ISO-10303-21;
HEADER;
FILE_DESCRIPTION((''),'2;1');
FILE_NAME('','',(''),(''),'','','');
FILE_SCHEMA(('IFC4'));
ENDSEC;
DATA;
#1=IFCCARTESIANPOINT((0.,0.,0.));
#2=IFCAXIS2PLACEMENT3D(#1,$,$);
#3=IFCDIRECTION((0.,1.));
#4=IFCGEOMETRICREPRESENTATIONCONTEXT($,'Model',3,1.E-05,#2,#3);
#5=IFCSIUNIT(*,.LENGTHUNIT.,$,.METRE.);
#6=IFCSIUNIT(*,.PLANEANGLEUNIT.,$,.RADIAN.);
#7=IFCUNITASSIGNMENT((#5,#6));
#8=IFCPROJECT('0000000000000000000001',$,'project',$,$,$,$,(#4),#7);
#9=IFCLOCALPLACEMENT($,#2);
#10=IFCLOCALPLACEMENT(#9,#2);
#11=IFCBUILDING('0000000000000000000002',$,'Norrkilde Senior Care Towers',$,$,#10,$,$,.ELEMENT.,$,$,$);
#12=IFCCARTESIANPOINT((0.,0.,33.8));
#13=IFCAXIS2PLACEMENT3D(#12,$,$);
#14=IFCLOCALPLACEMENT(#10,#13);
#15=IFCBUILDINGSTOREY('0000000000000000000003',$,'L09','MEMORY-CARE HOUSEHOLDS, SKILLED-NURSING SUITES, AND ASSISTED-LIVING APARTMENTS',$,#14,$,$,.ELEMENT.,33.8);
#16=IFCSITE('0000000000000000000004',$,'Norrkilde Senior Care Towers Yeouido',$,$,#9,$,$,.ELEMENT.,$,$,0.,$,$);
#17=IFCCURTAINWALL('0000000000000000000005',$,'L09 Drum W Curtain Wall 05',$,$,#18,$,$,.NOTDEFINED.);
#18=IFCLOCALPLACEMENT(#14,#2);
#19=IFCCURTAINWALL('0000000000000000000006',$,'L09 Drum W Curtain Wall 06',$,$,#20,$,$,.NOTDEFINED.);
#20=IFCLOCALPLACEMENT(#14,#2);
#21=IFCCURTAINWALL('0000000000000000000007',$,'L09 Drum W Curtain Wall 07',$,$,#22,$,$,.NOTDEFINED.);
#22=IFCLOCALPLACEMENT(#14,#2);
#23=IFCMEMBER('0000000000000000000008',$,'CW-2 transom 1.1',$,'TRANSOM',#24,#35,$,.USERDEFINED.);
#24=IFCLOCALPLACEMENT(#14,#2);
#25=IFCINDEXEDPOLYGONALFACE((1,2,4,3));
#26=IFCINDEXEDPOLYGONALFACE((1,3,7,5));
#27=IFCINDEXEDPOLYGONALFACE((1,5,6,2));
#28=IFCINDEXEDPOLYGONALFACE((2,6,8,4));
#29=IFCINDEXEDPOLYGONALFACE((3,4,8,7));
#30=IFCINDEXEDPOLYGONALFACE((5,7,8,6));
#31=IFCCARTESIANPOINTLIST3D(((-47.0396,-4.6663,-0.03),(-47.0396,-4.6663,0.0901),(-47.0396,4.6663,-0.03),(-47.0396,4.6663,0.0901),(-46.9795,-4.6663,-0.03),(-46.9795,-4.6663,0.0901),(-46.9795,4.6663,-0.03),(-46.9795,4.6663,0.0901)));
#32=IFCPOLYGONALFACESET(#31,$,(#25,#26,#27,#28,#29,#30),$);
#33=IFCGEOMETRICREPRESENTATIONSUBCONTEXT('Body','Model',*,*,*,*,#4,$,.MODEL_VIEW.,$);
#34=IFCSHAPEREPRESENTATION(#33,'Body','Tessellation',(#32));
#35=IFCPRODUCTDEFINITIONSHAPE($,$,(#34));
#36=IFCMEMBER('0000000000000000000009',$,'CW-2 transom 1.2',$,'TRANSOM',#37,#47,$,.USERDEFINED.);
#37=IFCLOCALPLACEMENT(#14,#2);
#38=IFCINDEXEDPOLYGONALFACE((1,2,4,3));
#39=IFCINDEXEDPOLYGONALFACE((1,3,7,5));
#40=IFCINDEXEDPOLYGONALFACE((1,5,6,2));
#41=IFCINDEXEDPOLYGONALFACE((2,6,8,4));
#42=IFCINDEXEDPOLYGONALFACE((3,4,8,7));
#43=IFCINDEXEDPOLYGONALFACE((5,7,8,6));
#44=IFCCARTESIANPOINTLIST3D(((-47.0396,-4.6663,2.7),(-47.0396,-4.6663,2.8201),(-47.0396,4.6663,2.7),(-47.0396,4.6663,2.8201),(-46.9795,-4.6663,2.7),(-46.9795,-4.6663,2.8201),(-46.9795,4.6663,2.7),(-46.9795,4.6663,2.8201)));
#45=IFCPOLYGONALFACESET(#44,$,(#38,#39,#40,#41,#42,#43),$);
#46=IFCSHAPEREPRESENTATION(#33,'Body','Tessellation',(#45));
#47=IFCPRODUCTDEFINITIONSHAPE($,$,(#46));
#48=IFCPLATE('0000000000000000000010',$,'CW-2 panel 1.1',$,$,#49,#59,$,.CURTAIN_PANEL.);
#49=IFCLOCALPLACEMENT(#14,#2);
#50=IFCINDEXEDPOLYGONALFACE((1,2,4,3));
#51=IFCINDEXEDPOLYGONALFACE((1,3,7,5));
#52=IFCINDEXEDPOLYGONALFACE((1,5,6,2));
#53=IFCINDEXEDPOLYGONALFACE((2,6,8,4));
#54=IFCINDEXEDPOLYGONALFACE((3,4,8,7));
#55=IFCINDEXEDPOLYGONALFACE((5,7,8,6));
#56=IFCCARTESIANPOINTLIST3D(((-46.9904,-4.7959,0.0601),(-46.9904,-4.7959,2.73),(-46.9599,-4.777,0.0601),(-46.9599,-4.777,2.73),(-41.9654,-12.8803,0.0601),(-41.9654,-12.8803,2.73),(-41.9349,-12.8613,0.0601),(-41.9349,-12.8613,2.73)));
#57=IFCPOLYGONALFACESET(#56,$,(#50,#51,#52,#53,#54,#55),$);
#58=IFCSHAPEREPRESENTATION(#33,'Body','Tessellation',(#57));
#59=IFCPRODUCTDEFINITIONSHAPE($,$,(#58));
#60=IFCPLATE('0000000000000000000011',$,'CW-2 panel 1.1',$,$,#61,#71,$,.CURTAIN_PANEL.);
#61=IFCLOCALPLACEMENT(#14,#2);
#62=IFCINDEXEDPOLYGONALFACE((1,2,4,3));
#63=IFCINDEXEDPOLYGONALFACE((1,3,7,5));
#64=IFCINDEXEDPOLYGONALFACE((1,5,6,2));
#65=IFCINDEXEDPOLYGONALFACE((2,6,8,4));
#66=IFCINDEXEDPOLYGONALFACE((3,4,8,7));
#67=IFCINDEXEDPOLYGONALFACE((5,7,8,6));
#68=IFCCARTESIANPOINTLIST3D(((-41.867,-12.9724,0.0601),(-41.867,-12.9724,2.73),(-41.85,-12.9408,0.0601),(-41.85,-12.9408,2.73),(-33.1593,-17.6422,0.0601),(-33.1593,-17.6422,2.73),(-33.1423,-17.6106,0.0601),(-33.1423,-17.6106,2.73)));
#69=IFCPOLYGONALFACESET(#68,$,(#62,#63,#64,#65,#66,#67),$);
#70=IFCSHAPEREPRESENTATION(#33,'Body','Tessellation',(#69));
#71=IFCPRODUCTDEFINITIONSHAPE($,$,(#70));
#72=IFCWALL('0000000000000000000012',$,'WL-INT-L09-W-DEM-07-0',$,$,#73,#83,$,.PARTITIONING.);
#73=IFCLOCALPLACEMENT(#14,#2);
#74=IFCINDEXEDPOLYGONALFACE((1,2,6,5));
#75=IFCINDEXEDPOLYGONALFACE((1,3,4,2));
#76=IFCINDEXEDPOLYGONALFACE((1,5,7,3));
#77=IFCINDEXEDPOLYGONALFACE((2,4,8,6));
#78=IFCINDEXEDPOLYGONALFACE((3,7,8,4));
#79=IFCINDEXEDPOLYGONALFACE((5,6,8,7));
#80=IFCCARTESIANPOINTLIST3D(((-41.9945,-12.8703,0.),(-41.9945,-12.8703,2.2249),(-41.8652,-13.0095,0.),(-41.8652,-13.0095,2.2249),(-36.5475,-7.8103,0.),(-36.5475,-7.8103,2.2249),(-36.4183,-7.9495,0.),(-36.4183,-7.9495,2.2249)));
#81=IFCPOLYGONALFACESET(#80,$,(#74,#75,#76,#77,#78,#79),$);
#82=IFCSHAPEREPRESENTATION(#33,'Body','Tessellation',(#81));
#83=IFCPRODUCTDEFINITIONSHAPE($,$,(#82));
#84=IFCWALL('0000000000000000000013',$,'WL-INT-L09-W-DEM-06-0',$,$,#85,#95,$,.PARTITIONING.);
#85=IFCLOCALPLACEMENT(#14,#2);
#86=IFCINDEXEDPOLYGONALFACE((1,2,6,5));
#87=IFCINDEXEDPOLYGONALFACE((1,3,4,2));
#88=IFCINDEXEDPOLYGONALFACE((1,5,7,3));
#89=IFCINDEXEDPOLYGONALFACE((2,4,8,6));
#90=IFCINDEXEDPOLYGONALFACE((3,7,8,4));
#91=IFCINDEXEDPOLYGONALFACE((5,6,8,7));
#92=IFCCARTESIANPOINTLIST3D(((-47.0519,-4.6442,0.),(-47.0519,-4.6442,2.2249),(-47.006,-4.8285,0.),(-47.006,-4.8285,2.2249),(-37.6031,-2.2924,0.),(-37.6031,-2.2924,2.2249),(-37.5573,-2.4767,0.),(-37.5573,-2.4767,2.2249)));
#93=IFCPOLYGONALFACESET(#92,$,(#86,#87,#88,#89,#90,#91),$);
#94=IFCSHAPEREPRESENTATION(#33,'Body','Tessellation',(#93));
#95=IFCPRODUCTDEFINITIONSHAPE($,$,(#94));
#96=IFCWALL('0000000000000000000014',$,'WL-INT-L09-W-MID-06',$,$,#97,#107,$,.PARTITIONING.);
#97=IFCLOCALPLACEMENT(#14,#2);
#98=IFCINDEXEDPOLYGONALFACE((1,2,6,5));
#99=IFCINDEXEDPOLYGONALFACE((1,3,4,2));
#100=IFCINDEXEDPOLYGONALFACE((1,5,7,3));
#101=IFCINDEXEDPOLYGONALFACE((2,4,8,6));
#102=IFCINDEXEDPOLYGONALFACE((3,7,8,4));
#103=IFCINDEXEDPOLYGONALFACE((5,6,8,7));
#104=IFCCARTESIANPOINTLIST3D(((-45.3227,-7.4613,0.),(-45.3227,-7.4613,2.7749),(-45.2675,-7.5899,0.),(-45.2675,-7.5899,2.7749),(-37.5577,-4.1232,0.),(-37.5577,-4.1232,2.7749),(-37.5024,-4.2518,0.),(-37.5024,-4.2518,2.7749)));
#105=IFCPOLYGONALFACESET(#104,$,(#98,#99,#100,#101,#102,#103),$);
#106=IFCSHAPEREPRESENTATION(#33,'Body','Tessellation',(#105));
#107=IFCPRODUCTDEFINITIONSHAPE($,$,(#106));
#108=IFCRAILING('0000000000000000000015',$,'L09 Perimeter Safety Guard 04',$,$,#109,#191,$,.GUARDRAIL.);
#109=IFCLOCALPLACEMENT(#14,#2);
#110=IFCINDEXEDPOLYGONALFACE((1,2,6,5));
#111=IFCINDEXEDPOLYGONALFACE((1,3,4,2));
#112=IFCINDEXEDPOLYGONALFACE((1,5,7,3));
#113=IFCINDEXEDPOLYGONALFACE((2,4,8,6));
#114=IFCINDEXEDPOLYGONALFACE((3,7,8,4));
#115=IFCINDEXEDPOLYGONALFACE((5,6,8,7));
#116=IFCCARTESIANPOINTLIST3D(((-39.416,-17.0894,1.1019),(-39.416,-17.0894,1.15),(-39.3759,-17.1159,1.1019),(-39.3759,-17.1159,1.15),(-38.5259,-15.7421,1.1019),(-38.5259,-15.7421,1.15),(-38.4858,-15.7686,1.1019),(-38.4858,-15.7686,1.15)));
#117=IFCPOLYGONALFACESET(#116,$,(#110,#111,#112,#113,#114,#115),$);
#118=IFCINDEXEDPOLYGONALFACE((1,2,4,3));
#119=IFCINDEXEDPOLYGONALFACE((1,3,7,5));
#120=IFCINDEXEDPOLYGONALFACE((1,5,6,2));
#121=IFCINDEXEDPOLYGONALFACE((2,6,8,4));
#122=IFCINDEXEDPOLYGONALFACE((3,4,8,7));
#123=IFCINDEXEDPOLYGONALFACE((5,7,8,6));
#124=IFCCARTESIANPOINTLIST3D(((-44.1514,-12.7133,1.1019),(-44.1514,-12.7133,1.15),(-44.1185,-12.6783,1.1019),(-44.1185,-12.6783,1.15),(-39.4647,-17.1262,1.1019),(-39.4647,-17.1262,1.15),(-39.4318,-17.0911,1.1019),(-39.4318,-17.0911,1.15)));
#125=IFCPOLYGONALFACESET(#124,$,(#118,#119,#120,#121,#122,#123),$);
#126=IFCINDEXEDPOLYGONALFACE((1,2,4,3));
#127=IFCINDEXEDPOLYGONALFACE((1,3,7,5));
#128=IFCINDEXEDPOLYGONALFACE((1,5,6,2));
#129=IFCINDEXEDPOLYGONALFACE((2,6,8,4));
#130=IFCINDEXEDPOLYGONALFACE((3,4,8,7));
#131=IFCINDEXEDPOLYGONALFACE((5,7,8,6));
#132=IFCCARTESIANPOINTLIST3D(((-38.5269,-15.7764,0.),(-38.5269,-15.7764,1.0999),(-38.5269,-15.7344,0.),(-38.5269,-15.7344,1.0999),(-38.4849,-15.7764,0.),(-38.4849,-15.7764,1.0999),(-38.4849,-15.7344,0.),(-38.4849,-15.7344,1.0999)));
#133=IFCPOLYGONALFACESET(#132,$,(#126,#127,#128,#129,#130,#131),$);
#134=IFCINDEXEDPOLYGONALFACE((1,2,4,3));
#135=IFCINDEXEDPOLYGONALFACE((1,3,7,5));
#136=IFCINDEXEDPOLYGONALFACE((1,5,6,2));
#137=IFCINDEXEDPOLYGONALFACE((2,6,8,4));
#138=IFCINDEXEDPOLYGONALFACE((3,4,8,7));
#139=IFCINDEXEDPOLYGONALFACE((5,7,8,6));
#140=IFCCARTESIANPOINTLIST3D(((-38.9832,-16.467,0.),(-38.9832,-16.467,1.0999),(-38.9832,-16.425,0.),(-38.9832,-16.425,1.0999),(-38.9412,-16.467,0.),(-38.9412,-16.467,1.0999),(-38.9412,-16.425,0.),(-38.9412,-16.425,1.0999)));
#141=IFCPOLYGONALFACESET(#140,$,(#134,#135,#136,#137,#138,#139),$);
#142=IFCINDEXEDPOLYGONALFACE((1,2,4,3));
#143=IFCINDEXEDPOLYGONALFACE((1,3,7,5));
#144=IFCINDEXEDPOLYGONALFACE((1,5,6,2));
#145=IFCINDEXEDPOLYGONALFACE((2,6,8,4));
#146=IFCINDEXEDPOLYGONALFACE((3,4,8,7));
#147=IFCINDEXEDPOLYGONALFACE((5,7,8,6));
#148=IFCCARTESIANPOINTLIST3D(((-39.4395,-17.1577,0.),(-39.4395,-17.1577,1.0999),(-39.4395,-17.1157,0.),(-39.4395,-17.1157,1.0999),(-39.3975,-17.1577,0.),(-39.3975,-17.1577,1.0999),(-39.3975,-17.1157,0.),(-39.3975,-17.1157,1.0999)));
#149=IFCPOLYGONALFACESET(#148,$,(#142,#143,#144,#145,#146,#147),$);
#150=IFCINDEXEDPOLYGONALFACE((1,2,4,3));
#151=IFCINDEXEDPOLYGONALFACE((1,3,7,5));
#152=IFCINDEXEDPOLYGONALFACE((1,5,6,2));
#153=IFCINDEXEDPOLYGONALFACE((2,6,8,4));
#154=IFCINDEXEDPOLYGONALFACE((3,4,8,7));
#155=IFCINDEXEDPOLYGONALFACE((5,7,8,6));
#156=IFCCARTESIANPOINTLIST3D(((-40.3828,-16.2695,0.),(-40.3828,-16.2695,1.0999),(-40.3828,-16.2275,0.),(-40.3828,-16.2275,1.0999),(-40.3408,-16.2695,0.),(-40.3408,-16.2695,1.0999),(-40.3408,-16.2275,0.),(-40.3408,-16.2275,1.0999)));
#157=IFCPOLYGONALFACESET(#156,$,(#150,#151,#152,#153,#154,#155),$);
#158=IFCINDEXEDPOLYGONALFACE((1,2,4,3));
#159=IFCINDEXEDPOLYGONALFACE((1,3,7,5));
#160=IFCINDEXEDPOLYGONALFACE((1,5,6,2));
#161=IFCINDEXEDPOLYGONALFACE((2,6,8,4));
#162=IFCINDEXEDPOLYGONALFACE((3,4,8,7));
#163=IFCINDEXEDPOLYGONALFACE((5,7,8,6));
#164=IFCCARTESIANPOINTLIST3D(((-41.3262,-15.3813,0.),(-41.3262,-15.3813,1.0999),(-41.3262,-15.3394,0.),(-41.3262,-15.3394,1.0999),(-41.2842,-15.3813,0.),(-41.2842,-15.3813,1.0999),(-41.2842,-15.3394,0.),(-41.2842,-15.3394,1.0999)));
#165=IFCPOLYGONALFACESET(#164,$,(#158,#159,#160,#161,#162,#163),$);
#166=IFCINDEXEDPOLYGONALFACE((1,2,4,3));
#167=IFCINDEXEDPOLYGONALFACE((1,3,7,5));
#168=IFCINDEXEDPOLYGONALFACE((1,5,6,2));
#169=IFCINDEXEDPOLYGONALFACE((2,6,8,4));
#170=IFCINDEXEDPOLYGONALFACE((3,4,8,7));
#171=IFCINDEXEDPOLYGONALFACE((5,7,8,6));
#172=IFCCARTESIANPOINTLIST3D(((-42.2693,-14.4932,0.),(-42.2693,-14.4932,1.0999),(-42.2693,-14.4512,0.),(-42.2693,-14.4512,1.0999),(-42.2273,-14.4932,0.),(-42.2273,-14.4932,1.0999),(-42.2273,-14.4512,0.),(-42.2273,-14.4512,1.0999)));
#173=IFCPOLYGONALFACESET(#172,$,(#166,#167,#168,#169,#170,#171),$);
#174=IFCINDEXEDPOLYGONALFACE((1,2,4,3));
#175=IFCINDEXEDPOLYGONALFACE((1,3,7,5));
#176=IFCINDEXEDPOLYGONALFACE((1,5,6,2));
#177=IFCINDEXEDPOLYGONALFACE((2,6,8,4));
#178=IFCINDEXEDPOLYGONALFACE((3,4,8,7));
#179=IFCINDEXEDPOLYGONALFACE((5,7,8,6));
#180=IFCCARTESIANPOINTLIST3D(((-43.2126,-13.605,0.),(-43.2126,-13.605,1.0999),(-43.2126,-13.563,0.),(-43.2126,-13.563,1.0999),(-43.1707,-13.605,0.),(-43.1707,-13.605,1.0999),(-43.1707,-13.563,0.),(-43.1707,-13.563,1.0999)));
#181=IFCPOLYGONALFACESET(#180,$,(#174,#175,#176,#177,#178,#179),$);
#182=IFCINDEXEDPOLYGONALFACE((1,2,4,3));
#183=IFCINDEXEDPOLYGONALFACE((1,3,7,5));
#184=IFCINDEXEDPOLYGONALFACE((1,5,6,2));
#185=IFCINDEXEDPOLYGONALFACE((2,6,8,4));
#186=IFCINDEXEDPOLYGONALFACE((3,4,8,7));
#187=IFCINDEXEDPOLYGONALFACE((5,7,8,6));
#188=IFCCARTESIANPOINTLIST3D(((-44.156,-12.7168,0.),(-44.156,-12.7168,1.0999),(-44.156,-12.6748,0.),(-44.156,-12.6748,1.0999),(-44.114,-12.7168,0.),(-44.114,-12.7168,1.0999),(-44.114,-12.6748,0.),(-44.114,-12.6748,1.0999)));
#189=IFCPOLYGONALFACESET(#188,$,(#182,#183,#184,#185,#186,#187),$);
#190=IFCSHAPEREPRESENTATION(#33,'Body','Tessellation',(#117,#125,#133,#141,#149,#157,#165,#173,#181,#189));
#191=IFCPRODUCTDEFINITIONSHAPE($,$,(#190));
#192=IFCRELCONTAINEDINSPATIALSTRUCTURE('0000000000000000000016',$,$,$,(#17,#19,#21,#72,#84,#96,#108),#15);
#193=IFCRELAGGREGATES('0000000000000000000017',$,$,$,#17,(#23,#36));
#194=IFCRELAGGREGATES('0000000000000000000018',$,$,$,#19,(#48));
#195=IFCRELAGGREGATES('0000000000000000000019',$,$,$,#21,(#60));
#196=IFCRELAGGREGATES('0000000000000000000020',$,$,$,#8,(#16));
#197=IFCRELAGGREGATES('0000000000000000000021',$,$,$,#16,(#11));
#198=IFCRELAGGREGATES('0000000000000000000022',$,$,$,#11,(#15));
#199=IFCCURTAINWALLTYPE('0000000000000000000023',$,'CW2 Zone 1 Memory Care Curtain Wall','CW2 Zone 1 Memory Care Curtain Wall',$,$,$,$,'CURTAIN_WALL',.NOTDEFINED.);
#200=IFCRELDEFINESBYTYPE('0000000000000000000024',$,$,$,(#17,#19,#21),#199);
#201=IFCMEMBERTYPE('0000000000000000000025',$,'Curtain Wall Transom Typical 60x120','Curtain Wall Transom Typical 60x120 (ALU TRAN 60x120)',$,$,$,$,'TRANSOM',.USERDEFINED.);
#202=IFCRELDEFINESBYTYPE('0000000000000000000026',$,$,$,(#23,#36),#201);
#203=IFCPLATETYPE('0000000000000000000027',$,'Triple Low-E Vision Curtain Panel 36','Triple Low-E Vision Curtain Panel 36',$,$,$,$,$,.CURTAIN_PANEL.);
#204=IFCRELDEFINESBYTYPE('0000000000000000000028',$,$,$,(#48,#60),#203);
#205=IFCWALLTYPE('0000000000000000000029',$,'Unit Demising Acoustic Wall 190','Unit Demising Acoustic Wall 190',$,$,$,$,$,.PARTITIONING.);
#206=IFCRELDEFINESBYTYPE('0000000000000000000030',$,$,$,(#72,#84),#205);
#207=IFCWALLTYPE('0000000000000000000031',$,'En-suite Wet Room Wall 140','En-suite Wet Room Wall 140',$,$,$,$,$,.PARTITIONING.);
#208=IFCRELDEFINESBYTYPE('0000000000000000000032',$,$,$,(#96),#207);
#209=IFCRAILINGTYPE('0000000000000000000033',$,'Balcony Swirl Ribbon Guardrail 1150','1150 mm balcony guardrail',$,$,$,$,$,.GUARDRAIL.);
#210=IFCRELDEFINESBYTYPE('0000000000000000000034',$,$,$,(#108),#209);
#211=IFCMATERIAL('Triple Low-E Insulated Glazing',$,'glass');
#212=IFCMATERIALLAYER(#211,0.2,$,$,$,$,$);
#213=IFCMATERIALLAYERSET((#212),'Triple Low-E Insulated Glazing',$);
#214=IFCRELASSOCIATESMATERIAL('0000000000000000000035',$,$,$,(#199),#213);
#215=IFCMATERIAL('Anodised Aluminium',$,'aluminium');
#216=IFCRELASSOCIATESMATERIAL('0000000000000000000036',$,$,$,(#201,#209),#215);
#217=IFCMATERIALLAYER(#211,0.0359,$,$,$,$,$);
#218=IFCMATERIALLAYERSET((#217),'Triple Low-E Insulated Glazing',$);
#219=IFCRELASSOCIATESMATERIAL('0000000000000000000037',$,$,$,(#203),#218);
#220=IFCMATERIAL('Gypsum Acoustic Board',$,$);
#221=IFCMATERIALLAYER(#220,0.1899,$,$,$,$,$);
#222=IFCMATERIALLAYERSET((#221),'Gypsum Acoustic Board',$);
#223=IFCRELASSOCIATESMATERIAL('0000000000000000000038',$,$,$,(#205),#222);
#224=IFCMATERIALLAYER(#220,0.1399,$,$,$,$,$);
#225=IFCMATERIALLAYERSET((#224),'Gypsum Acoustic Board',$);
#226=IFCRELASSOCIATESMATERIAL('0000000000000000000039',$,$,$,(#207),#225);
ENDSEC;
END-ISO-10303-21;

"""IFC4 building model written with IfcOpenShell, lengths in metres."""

from ifc_helpers import new_model, si_unit, direction, frame, frame_2d, origin, origin_2d, place, context, subcontext, project, spatial, rectangle, extrude, source, transform, mapped, material, layer, layer_set, material_profile, profile_set, type_object, type_shapes, element, aggregate, save


model = new_model("IFC4")

# Units and contexts
model_context = context("Model", 3, precision=1e-05, world=origin(), true_north=direction((0.0, 1.0)))
body_context = subcontext(model_context, "Body", "Model", "MODEL_VIEW")
ifc_project = project(units=[si_unit("LENGTHUNIT", "METRE"), si_unit("PLANEANGLEUNIT", "RADIAN")], contexts=[model_context])

# Site, building, storey
site_placement = place(None, origin())
site = spatial("IfcSite", under=ifc_project, at=site_placement, Name="Norrkilde Senior Care Towers Yeouido", CompositionType="ELEMENT", RefElevation=0.0)
building_placement = place(site_placement, origin())
building = spatial("IfcBuilding", under=site, at=building_placement, Name="Norrkilde Senior Care Towers", CompositionType="ELEMENT")
storey_placement = place(building_placement, frame((0.0, 0.0, 33.8)))
storey = spatial("IfcBuildingStorey", under=building, at=storey_placement, Name="L09", Description="MEMORY-CARE HOUSEHOLDS, SKILLED-NURSING SUITES, AND ASSISTED-LIVING APARTMENTS", CompositionType="ELEMENT", Elevation=33.8)

# Curtain wall
ifc_material_1 = material(Name="Triple Low-E Insulated Glazing", Category="glass")
ifc_layer_1 = layer(ifc_material_1, 0.2)
ifc_layer_set_1 = layer_set([ifc_layer_1], Name="Triple Low-E Insulated Glazing")
curtain_wall_type = type_object("IfcCurtainWallType", Name="CW2 Zone 1 Memory Care Curtain Wall", Description="CW2 Zone 1 Memory Care Curtain Wall", ElementType="CURTAIN_WALL", PredefinedType="NOTDEFINED", material=ifc_layer_set_1)
curtain_wall_1_placement = place(storey_placement, origin())
curtain_wall_1 = element("IfcCurtainWall", 1, at=curtain_wall_1_placement, inside=storey, type_object=curtain_wall_type, Name="L09 Drum W Curtain Wall 05", PredefinedType="NOTDEFINED")
ifc_material_2 = material(Name="Anodised Aluminium", Category="aluminium")

# Curtain wall
curtain_wall_2_placement = place(storey_placement, origin())
curtain_wall_2 = element("IfcCurtainWall", 2, at=curtain_wall_2_placement, inside=storey, type_object=curtain_wall_type, Name="L09 Drum W Curtain Wall 06", PredefinedType="NOTDEFINED")

# Curtain wall
curtain_wall_3_placement = place(storey_placement, origin())
curtain_wall_3 = element("IfcCurtainWall", 3, at=curtain_wall_3_placement, inside=storey, type_object=curtain_wall_type, Name="L09 Drum W Curtain Wall 07", PredefinedType="NOTDEFINED")

# Members
ifc_material_profile_1 = material_profile(ifc_material_2, rectangle(XDim=0.0601, YDim=0.1201, at=origin_2d()), Name="ALU TRAN 60x120")
ifc_profile_set_1 = profile_set([ifc_material_profile_1], Name="Anodised Aluminium")
member_type_1 = type_object("IfcMemberType", Name="Curtain Wall Transom Typical 60x120", Description="Curtain Wall Transom Typical 60x120 (ALU TRAN 60x120)", ElementType="TRANSOM", PredefinedType="USERDEFINED", material=ifc_profile_set_1)
shared_shape_1 = source(origin(), body_context, "Body", "SweptSolid", [
    extrude(rectangle(XDim=0.0601, YDim=0.1201, at=origin_2d()), origin(), (0.0, 0.0, 1.0), 9.3325),
])
member_1_placement = place(storey_placement, frame((-47.0095, -4.6663, 0.03), z_axis=(0.0, 1.0, 0.0), x_axis=(-1.0, 0.0, 0.0)))
member_1 = element("IfcMember", 4, at=member_1_placement, type_object=member_type_1, Name="CW-2 transom 1.1", ObjectType="TRANSOM", PredefinedType="USERDEFINED", context=body_context, shape_type="MappedRepresentation", body=[
    mapped(shared_shape_1, transform((0.0, 0.0, 0.0), x_axis=(1.0, 0.0, 0.0), y_axis=(0.0, 1.0, 0.0), z_axis=(0.0, 0.0, 1.0), scale=1.0)),
])
member_2_placement = place(storey_placement, frame((-47.0095, -4.6663, 2.76), z_axis=(0.0, 1.0, 0.0), x_axis=(-1.0, 0.0, 0.0)))
member_2 = element("IfcMember", 5, at=member_2_placement, type_object=member_type_1, Name="CW-2 transom 1.2", ObjectType="TRANSOM", PredefinedType="USERDEFINED", context=body_context, shape_type="MappedRepresentation", body=[
    mapped(shared_shape_1, transform((0.0, 0.0, 0.0), x_axis=(1.0, 0.0, 0.0), y_axis=(0.0, 1.0, 0.0), z_axis=(0.0, 0.0, 1.0), scale=1.0)),
])
aggregate(curtain_wall_1, [member_1, member_2])

# Plates
ifc_layer_2 = layer(ifc_material_1, 0.0359)
ifc_layer_set_2 = layer_set([ifc_layer_2], Name="Triple Low-E Insulated Glazing")
plate_type = type_object("IfcPlateType", Name="Triple Low-E Vision Curtain Panel 36", Description="Triple Low-E Vision Curtain Panel 36", PredefinedType="CURTAIN_PANEL", material=ifc_layer_set_2)
shared_shape_2 = source(origin(), body_context, "Body", "SweptSolid", [
    extrude(rectangle(XDim=9.5188, YDim=0.0359, at=origin_2d()), origin(), (0.0, 0.0, 1.0), 2.6699),
])
plate_1_placement = place(storey_placement, frame((-44.4626, -8.8286, 0.0601), z_axis=(0.0, 0.0, 1.0), x_axis=(-0.527901, 0.849306, 0.0)))
plate_1 = element("IfcPlate", 6, at=plate_1_placement, type_object=plate_type, Name="CW-2 panel 1.1", PredefinedType="CURTAIN_PANEL", context=body_context, shape_type="MappedRepresentation", body=[
    mapped(shared_shape_2, transform((0.0, 0.0, 0.0), x_axis=(1.0, 0.0, 0.0), y_axis=(0.0, 1.0, 0.0), z_axis=(0.0, 0.0, 1.0), scale=1.0)),
])
aggregate(curtain_wall_2, [plate_1])
shared_shape_3 = source(origin(), body_context, "Body", "SweptSolid", [
    extrude(rectangle(XDim=9.8809, YDim=0.0359, at=origin_2d()), origin(), (0.0, 0.0, 1.0), 2.6699),
])
type_shapes(plate_type, [shared_shape_2, shared_shape_3])
plate_2_placement = place(storey_placement, frame((-37.5046, -15.2915, 0.0601), z_axis=(0.0, 0.0, 1.0), x_axis=(-0.881273, 0.472608, 0.0)))
plate_2 = element("IfcPlate", 7, at=plate_2_placement, type_object=plate_type, Name="CW-2 panel 1.1", PredefinedType="CURTAIN_PANEL", context=body_context, shape_type="MappedRepresentation", body=[
    mapped(shared_shape_3, transform((0.0, 0.0, 0.0), x_axis=(1.0, 0.0, 0.0), y_axis=(0.0, 1.0, 0.0), z_axis=(0.0, 0.0, 1.0), scale=1.0)),
])
aggregate(curtain_wall_3, [plate_2])

# Shared definitions
ifc_material_3 = material(Name="Gypsum Acoustic Board")

# Walls
ifc_layer_3 = layer(ifc_material_3, 0.1899)
ifc_layer_set_3 = layer_set([ifc_layer_3], Name="Gypsum Acoustic Board")
wall_type_1 = type_object("IfcWallType", Name="Unit Demising Acoustic Wall 190", Description="Unit Demising Acoustic Wall 190", PredefinedType="PARTITIONING", material=ifc_layer_set_3)
shared_shape_4 = source(origin(), body_context, "Body", "SweptSolid", [
    extrude(rectangle(XDim=7.4346, YDim=0.1899, at=frame_2d((3.7173, 0.0))), origin(), (0.0, 0.0, 1.0), 2.2249),
])
wall_1_placement = place(storey_placement, frame((-36.4829, -7.8799, 0.0), z_axis=(0.0, 0.0, 1.0), x_axis=(-0.732652, -0.680603, 0.0)))
element("IfcWall", 8, at=wall_1_placement, inside=storey, type_object=wall_type_1, Name="WL-INT-L09-W-DEM-07-0", PredefinedType="PARTITIONING", context=body_context, shape_type="MappedRepresentation", body=[
    mapped(shared_shape_4, transform((0.0, 0.0, 0.0), x_axis=(1.0, 0.0, 0.0), y_axis=(0.0, 1.0, 0.0), z_axis=(0.0, 0.0, 1.0), scale=1.0)),
])
shared_shape_5 = source(origin(), body_context, "Body", "SweptSolid", [
    extrude(rectangle(XDim=9.7371, YDim=0.1899, at=frame_2d((4.8687, 0.0))), origin(), (0.0, 0.0, 1.0), 2.2249),
])
type_shapes(wall_type_1, [shared_shape_4, shared_shape_5])
wall_2_placement = place(storey_placement, frame((-37.5801, -2.3845, 0.0), z_axis=(0.0, 0.0, 1.0), x_axis=(-0.970393, -0.241533, 0.0)))
element("IfcWall", 9, at=wall_2_placement, inside=storey, type_object=wall_type_1, Name="WL-INT-L09-W-DEM-06-0", PredefinedType="PARTITIONING", context=body_context, shape_type="MappedRepresentation", body=[
    mapped(shared_shape_5, transform((0.0, 0.0, 0.0), x_axis=(1.0, 0.0, 0.0), y_axis=(0.0, 1.0, 0.0), z_axis=(0.0, 0.0, 1.0), scale=1.0)),
])
ifc_layer_4 = layer(ifc_material_3, 0.1399)
ifc_layer_set_4 = layer_set([ifc_layer_4], Name="Gypsum Acoustic Board")
wall_type_2 = type_object("IfcWallType", Name="En-suite Wet Room Wall 140", Description="En-suite Wet Room Wall 140", PredefinedType="PARTITIONING", material=ifc_layer_set_4)
shared_shape_6 = source(origin(), body_context, "Body", "SweptSolid", [
    extrude(rectangle(XDim=8.4521, YDim=0.1399, at=frame_2d((4.2261, 0.0))), origin(), (0.0, 0.0, 1.0), 2.7749),
])
type_shapes(wall_type_2, [shared_shape_6])
wall_3_placement = place(storey_placement, frame((-37.53, -4.1875, 0.0), z_axis=(0.0, 0.0, 1.0), x_axis=(-0.918707, -0.39494, 0.0)))
element("IfcWall", 10, at=wall_3_placement, inside=storey, type_object=wall_type_2, Name="WL-INT-L09-W-MID-06", PredefinedType="PARTITIONING", context=body_context, shape_type="MappedRepresentation", body=[
    mapped(shared_shape_6, transform((0.0, 0.0, 0.0), x_axis=(1.0, 0.0, 0.0), y_axis=(0.0, 1.0, 0.0), z_axis=(0.0, 0.0, 1.0), scale=1.0)),
])

# Railing
railing_type = type_object("IfcRailingType", Name="Balcony Swirl Ribbon Guardrail 1150", Description="1150 mm balcony guardrail", PredefinedType="GUARDRAIL", material=ifc_material_2)
railing_1_placement = place(storey_placement, frame((-38.5059, -15.7554, 0.0)))
element("IfcRailing", 11, at=railing_1_placement, inside=storey, type_object=railing_type, Name="L09 Perimeter Safety Guard 04", PredefinedType="GUARDRAIL", context=body_context, shape_type="SweptSolid", body=[
    extrude(rectangle(XDim=0.0481, YDim=0.0481, at=origin_2d()), frame((0.0, 0.0, 1.126), z_axis=(-0.551224, -0.834357, 0.0), x_axis=(0.834357, -0.551224, 0.0)), (0.0, 0.0, 1.0), 1.6147),
    extrude(rectangle(XDim=0.0481, YDim=0.0481, at=origin_2d()), frame((-0.9424, -1.3533, 1.126), z_axis=(-0.728061, 0.685513, 0.0), x_axis=(-0.685513, -0.728061, 0.0)), (0.0, 0.0, 1.0), 6.4373),
    extrude(rectangle(XDim=0.042, YDim=0.042, at=origin_2d()), origin(), (0.0, 0.0, 1.0), 1.0999),
    extrude(rectangle(XDim=0.042, YDim=0.042, at=origin_2d()), frame((-0.4563, -0.6907, 0.0)), (0.0, 0.0, 1.0), 1.0999),
    extrude(rectangle(XDim=0.042, YDim=0.042, at=origin_2d()), frame((-0.9126, -1.3813, 0.0)), (0.0, 0.0, 1.0), 1.0999),
    extrude(rectangle(XDim=0.042, YDim=0.042, at=origin_2d()), frame((-1.856, -0.4932, 0.0)), (0.0, 0.0, 1.0), 1.0999),
    extrude(rectangle(XDim=0.042, YDim=0.042, at=origin_2d()), frame((-2.7993, 0.395, 0.0)), (0.0, 0.0, 1.0), 1.0999),
    extrude(rectangle(XDim=0.042, YDim=0.042, at=origin_2d()), frame((-3.7424, 1.2832, 0.0)), (0.0, 0.0, 1.0), 1.0999),
    extrude(rectangle(XDim=0.042, YDim=0.042, at=origin_2d()), frame((-4.6858, 2.1714, 0.0)), (0.0, 0.0, 1.0), 1.0999),
    extrude(rectangle(XDim=0.042, YDim=0.042, at=origin_2d()), frame((-5.6292, 3.0596, 0.0)), (0.0, 0.0, 1.0), 1.0999),
])

save(model, "model.ifc")
